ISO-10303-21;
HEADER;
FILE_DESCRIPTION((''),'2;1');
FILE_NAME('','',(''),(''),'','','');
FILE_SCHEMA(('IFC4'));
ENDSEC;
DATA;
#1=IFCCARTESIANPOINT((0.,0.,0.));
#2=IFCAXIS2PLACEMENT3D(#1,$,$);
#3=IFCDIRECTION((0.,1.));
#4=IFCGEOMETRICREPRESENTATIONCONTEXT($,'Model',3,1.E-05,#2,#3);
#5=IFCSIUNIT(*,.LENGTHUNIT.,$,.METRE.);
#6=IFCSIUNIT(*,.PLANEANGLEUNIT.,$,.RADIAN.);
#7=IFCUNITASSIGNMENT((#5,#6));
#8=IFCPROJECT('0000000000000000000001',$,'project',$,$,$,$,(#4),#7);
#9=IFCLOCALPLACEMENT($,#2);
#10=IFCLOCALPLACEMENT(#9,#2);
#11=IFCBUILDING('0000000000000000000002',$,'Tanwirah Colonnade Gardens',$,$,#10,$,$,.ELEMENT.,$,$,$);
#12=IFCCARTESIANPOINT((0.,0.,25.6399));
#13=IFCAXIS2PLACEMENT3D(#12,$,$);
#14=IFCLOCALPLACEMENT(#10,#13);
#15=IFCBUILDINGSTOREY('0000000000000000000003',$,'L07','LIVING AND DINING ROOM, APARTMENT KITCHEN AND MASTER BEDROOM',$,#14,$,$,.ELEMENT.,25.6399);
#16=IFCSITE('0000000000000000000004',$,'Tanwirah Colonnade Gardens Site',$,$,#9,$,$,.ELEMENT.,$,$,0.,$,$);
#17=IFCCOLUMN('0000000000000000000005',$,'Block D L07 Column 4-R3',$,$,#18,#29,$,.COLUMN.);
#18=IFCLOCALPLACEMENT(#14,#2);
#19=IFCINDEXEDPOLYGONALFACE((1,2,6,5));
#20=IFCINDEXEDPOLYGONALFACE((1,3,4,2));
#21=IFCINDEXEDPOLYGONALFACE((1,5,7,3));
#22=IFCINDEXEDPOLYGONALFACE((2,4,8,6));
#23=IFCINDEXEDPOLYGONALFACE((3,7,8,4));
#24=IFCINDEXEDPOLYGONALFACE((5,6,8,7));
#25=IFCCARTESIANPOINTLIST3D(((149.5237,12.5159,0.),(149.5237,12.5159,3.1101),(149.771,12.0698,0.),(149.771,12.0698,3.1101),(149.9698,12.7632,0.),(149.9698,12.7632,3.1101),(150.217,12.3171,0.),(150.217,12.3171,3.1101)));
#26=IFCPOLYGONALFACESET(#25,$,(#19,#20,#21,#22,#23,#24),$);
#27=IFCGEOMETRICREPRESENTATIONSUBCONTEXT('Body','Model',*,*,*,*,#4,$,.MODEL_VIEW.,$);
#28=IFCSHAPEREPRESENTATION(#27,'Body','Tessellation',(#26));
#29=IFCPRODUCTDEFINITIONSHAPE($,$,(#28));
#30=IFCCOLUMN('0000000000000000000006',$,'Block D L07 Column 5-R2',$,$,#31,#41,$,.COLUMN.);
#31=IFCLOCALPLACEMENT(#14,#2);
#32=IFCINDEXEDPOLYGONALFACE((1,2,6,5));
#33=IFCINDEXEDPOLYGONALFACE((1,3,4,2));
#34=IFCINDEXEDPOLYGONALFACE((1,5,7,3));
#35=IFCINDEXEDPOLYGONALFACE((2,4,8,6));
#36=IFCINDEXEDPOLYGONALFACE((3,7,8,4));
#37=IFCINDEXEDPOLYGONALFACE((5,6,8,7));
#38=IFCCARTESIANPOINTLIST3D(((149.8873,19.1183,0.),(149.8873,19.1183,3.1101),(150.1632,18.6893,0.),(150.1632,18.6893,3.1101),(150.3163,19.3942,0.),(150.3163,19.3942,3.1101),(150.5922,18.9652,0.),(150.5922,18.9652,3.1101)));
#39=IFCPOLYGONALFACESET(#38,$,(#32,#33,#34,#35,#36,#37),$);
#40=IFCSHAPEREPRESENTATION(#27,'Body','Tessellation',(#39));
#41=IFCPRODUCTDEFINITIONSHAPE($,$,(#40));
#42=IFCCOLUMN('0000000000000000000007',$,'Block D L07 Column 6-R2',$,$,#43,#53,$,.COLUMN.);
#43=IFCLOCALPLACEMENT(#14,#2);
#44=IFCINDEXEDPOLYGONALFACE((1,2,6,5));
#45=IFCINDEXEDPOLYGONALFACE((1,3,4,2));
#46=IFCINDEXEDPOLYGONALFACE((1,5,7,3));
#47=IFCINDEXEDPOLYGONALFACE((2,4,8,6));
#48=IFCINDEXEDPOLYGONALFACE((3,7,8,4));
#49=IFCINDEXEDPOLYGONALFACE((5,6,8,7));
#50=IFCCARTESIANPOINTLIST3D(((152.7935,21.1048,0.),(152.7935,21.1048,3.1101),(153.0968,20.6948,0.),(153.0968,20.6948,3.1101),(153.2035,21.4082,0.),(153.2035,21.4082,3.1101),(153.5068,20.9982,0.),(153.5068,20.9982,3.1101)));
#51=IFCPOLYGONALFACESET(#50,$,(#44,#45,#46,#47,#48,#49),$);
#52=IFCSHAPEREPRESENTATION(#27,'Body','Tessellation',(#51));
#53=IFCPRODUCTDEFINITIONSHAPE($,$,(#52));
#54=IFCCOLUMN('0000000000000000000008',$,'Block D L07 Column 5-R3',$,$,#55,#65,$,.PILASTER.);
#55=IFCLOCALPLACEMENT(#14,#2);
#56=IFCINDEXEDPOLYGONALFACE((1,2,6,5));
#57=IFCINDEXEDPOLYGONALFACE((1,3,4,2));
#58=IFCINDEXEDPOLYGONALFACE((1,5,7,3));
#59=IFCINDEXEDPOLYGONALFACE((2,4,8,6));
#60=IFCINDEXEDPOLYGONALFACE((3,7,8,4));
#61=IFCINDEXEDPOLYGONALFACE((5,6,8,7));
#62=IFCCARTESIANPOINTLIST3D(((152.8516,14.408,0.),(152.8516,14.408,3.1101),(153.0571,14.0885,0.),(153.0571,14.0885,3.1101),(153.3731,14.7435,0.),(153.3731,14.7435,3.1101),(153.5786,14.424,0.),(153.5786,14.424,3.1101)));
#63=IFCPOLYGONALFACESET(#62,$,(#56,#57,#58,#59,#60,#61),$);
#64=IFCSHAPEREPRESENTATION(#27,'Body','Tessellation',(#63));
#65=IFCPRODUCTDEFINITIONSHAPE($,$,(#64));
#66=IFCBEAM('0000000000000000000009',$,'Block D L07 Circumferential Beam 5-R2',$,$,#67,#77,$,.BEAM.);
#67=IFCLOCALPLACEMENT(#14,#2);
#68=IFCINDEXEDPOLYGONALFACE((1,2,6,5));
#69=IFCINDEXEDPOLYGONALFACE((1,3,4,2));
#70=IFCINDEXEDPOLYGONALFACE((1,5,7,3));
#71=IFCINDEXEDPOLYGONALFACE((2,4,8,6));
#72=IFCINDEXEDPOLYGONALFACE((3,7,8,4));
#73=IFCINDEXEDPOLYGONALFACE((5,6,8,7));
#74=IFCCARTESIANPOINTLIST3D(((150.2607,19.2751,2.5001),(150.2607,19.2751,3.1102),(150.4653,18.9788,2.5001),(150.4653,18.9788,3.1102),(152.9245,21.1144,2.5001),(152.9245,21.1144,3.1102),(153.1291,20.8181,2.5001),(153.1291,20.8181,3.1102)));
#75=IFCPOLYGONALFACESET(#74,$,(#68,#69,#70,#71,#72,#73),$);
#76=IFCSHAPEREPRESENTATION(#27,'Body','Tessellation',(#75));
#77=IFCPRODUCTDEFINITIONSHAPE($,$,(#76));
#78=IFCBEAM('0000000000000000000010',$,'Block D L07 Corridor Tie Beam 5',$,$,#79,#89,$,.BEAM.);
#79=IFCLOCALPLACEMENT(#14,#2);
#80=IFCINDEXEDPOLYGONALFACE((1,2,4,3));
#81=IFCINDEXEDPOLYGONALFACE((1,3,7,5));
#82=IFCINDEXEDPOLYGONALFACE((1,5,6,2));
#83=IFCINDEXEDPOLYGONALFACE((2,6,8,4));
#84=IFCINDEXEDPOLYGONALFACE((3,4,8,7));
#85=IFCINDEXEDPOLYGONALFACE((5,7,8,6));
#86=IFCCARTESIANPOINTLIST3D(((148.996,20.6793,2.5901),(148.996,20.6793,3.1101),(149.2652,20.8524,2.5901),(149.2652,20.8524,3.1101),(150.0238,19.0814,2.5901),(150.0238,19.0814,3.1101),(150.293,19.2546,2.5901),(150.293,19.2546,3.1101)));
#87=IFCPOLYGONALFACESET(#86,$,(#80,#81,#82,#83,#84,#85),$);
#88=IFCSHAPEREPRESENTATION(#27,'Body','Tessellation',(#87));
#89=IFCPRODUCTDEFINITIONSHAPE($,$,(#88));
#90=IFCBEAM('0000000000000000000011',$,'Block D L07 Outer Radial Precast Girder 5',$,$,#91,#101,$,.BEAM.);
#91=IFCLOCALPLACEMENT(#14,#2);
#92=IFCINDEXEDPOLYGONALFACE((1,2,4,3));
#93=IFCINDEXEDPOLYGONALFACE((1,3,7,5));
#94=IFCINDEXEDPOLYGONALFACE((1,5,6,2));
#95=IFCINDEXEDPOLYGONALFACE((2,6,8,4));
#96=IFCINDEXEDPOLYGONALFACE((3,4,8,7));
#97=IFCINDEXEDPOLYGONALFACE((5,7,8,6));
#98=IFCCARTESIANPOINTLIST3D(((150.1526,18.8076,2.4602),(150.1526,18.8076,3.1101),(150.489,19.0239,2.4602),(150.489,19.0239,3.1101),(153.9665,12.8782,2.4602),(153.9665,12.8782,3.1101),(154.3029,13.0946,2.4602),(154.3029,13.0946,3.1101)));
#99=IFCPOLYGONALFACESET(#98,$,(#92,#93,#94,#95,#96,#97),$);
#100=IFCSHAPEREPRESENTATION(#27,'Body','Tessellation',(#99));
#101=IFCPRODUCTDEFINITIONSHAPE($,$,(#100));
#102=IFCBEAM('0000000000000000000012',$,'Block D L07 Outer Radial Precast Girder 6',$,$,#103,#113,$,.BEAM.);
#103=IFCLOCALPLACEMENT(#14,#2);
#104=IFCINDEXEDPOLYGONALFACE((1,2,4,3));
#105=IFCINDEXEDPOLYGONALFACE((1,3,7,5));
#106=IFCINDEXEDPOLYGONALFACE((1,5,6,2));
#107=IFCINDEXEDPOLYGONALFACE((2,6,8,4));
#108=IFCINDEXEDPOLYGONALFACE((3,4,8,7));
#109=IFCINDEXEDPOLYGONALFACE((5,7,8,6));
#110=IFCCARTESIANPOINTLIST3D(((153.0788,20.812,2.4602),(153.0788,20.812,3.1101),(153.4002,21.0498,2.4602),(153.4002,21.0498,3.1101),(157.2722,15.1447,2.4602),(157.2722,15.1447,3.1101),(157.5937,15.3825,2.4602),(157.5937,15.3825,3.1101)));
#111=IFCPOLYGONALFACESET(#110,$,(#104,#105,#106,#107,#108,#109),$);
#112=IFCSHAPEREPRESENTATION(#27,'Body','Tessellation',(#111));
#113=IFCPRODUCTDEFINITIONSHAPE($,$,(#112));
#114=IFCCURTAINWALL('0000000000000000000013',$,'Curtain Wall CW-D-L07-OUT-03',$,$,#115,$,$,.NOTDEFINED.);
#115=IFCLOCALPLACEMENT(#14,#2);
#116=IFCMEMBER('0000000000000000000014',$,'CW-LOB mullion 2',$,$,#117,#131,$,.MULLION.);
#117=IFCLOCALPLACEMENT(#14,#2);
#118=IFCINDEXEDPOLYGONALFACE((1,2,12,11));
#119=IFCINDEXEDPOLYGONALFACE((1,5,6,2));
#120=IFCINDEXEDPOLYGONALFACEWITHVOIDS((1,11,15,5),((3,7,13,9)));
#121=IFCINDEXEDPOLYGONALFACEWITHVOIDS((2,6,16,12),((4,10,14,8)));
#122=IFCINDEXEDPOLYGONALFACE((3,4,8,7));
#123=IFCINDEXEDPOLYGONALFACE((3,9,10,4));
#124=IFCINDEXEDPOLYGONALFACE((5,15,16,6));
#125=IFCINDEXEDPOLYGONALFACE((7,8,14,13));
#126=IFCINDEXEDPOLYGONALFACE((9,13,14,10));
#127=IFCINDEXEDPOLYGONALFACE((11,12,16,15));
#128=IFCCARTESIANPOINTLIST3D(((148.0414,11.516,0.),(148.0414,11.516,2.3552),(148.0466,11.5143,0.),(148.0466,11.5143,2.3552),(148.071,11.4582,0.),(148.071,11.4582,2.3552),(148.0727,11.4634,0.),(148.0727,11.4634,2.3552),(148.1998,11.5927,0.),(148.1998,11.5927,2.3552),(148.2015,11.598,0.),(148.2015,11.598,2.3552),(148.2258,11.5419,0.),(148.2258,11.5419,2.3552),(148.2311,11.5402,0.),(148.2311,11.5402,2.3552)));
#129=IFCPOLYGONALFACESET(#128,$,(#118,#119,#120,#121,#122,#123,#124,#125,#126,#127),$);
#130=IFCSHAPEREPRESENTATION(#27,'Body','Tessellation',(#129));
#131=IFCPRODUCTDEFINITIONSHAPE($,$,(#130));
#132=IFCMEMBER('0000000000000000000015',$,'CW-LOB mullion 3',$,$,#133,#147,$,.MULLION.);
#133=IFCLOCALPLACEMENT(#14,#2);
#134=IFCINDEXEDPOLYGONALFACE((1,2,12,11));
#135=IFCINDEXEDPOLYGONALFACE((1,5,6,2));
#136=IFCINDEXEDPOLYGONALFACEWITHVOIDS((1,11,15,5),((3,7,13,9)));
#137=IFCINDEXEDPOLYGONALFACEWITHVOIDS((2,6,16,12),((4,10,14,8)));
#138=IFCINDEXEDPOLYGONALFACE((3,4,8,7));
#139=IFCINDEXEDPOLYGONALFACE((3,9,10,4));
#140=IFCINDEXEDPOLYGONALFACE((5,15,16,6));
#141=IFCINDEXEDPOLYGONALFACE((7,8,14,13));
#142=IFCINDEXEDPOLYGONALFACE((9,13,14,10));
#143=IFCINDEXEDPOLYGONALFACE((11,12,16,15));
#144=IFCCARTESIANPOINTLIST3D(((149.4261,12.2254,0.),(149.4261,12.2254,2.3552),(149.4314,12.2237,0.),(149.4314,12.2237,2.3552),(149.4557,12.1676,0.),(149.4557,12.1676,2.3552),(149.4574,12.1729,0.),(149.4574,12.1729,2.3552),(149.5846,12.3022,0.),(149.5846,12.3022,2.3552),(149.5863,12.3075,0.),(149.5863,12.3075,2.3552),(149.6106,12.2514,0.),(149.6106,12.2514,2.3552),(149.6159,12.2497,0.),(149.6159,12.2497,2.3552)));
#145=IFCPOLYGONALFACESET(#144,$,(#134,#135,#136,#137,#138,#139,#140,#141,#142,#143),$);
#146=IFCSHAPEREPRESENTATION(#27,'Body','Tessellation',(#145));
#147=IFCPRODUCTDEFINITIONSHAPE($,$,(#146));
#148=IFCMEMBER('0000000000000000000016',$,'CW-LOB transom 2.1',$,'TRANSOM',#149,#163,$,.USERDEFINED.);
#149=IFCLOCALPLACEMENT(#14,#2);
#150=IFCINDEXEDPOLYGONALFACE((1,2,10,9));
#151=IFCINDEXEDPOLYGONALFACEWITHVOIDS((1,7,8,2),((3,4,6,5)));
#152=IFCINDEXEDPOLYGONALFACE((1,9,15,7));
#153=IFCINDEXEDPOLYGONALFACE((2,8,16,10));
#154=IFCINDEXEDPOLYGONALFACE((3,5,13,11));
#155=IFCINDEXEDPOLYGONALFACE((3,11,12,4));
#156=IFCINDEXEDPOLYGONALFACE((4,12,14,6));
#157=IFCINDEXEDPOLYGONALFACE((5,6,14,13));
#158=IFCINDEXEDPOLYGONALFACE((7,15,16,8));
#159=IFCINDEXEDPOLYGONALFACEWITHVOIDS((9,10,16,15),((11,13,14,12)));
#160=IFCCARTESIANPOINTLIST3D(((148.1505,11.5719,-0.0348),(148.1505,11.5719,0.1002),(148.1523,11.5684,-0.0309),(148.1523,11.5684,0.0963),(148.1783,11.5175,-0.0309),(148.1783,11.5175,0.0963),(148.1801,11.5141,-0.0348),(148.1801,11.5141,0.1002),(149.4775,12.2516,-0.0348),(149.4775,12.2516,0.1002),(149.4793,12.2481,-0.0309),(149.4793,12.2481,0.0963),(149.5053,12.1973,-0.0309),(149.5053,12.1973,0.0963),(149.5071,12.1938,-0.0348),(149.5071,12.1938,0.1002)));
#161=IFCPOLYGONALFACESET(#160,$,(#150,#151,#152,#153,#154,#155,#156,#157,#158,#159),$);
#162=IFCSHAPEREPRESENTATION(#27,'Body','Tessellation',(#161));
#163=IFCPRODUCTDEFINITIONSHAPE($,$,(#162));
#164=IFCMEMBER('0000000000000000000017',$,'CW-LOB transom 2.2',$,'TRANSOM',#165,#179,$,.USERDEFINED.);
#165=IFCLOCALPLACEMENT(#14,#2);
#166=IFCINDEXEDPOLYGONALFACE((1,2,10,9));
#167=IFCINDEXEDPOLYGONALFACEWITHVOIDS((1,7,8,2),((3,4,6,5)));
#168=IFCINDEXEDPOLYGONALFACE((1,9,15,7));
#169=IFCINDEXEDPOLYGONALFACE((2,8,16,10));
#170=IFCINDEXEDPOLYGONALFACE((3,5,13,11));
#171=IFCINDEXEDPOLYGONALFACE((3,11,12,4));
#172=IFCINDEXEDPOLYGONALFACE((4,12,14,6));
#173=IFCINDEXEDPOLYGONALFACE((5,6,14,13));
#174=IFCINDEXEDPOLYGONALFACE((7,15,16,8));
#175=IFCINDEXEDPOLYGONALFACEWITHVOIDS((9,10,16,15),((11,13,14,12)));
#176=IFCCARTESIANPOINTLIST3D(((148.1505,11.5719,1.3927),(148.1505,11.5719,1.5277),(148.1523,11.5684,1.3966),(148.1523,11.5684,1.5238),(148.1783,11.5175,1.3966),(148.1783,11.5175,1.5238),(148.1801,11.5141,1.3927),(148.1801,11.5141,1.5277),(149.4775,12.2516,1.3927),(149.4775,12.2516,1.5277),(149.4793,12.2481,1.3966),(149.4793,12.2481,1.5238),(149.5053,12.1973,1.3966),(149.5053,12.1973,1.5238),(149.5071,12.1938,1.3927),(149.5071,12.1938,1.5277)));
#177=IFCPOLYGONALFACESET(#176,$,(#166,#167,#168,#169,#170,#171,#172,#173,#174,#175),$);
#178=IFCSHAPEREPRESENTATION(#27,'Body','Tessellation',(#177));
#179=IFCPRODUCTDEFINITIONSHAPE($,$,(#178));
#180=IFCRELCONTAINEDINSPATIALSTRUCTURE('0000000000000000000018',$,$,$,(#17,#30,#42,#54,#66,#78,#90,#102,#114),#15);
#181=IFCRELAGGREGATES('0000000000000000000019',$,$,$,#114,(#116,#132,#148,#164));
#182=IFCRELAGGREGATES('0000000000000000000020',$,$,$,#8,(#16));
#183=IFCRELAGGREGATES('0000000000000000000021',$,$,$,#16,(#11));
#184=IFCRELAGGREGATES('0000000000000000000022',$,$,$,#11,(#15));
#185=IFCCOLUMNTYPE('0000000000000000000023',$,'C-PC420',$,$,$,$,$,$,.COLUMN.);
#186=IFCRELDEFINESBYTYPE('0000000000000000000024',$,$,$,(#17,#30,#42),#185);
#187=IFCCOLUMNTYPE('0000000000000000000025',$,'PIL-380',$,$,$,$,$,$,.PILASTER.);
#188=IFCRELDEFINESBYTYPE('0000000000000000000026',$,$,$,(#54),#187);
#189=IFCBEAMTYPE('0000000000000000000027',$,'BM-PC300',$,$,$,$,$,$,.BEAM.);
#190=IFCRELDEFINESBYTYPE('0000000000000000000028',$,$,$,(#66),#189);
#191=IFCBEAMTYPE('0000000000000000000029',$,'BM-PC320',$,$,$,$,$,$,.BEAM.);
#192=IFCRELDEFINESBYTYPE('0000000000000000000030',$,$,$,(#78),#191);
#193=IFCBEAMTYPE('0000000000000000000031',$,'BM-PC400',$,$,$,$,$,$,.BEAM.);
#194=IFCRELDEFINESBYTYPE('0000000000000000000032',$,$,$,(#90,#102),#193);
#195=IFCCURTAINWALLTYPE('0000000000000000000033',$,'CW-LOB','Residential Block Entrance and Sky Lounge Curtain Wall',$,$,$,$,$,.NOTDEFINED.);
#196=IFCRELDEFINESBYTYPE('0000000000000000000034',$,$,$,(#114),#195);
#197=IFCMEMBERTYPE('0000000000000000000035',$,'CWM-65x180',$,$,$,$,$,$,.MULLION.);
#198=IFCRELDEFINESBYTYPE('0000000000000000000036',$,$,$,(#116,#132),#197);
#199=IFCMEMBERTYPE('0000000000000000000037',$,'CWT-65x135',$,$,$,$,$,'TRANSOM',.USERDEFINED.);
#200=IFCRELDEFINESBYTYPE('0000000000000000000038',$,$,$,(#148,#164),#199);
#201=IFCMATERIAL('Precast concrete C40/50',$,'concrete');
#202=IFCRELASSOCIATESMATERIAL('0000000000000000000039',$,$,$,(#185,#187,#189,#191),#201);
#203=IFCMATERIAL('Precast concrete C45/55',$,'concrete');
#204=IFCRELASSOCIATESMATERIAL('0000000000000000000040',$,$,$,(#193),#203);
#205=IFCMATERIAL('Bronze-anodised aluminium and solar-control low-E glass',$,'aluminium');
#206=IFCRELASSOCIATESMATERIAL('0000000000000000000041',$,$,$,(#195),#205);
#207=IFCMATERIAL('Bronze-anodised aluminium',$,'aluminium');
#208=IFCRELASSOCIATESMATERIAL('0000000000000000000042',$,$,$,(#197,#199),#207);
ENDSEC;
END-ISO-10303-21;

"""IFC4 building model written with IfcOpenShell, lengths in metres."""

from ifc_helpers import new_model, si_unit, direction, frame, origin, origin_2d, place, context, subcontext, project, spatial, rectangle, hollow_rectangle, extrude, material, material_profile, profile_set, type_object, element, aggregate, save


model = new_model("IFC4")

# Units and contexts
model_context = context("Model", 3, precision=1e-05, world=origin(), true_north=direction((0.0, 1.0)))
body_context = subcontext(model_context, "Body", "Model", "MODEL_VIEW")
ifc_project = project(units=[si_unit("LENGTHUNIT", "METRE"), si_unit("PLANEANGLEUNIT", "RADIAN")], contexts=[model_context])

# Site, building, storey
site_placement = place(None, origin())
site = spatial("IfcSite", under=ifc_project, at=site_placement, Name="Tanwirah Colonnade Gardens Site", CompositionType="ELEMENT", RefElevation=0.0)
building_placement = place(site_placement, origin())
building = spatial("IfcBuilding", under=site, at=building_placement, Name="Tanwirah Colonnade Gardens", CompositionType="ELEMENT")
storey_placement = place(building_placement, frame((0.0, 0.0, 25.6399)))
storey = spatial("IfcBuildingStorey", under=building, at=storey_placement, Name="L07", Description="LIVING AND DINING ROOM, APARTMENT KITCHEN AND MASTER BEDROOM", CompositionType="ELEMENT", Elevation=25.6399)

# Columns
ifc_material_1 = material(Name="Precast concrete C40/50", Category="concrete")
ifc_material_profile_1 = material_profile(ifc_material_1, rectangle(XDim=0.51, YDim=0.51, at=origin_2d()), Name="PC-COL 510x510")
ifc_profile_set_1 = profile_set([ifc_material_profile_1], Name="Precast concrete C40/50")
column_type_1 = type_object("IfcColumnType", Name="C-PC420", PredefinedType="COLUMN", material=ifc_profile_set_1)
for number, where, z_axis, x_axis, name in (
    (1, (149.8704, 12.4165, 0.0), (0.0, 0.0, 1.0), (0.48481, -0.87462, 0.0), "Block D L07 Column 4-R3"),
    (2, (150.2397, 19.0417, 0.0), (0.0, 0.0, 1.0), (0.540974, -0.841039, 0.0), "Block D L07 Column 5-R2"),
    (3, (153.1501, 21.0515, 0.0), (0.0, 0.0, 1.0), (0.594823, -0.803857, 0.0), "Block D L07 Column 6-R2"),
):
    element("IfcColumn", number, at=place(storey_placement, frame(where, z_axis=z_axis, x_axis=x_axis)), inside=storey, type_object=column_type_1, Name=name, PredefinedType="COLUMN", context=body_context, shape_type="SweptSolid", body=[
        extrude(rectangle(XDim=0.51, YDim=0.51, at=origin_2d()), origin(), (0.0, 0.0, 1.0), 3.1101),
    ])
ifc_material_profile_2 = material_profile(ifc_material_1, rectangle(XDim=0.3799, YDim=0.6201, at=origin_2d()), Name="PC-PIL 380x620")
ifc_profile_set_2 = profile_set([ifc_material_profile_2], Name="Precast concrete C40/50")
column_type_2 = type_object("IfcColumnType", Name="PIL-380", PredefinedType="PILASTER", material=ifc_profile_set_2)
column_placement = place(storey_placement, frame((153.2151, 14.416, 0.0), z_axis=(0.0, 0.0, 1.0), x_axis=(0.540974, -0.841039, 0.0)))
element("IfcColumn", 4, at=column_placement, inside=storey, type_object=column_type_2, Name="Block D L07 Column 5-R3", PredefinedType="PILASTER", context=body_context, shape_type="SweptSolid", body=[
    extrude(rectangle(XDim=0.3799, YDim=0.6201, at=origin_2d()), origin(), (0.0, 0.0, 1.0), 3.1101),
])

# Beams
ifc_material_profile_3 = material_profile(ifc_material_1, rectangle(XDim=0.3601, YDim=0.6101, at=origin_2d()), Name="PC-BM 360x610")
ifc_profile_set_3 = profile_set([ifc_material_profile_3], Name="Precast concrete C40/50")
beam_type_1 = type_object("IfcBeamType", Name="BM-PC300", PredefinedType="BEAM", material=ifc_profile_set_3)
beam_1_placement = place(storey_placement, frame((150.363, 19.127, 2.8052), z_axis=(0.822889, 0.568202, 0.0), x_axis=(-0.568202, 0.822889, 0.0)))
element("IfcBeam", 5, at=beam_1_placement, inside=storey, type_object=beam_type_1, Name="Block D L07 Circumferential Beam 5-R2", PredefinedType="BEAM", context=body_context, shape_type="SweptSolid", body=[
    extrude(rectangle(XDim=0.3601, YDim=0.6101, at=origin_2d()), origin(), (0.0, 0.0, 1.0), 3.2371),
])
ifc_material_profile_4 = material_profile(ifc_material_1, rectangle(XDim=0.3201, YDim=0.52, at=origin_2d()), Name="PC-BM 320x520")
ifc_profile_set_4 = profile_set([ifc_material_profile_4], Name="Precast concrete C40/50")
beam_type_2 = type_object("IfcBeamType", Name="BM-PC320", PredefinedType="BEAM", material=ifc_profile_set_4)
beam_2_placement = place(storey_placement, frame((149.1306, 20.7659, 2.8501), z_axis=(0.540985, -0.841032, 0.0), x_axis=(0.841032, 0.540985, 0.0)))
element("IfcBeam", 6, at=beam_2_placement, inside=storey, type_object=beam_type_2, Name="Block D L07 Corridor Tie Beam 5", PredefinedType="BEAM", context=body_context, shape_type="SweptSolid", body=[
    extrude(rectangle(XDim=0.3201, YDim=0.52, at=origin_2d()), origin(), (0.0, 0.0, 1.0), 1.8999),
])
ifc_material_2 = material(Name="Precast concrete C45/55", Category="concrete")
ifc_material_profile_5 = material_profile(ifc_material_2, rectangle(XDim=0.3999, YDim=0.6499, at=origin_2d()), Name="PC-BM 400x650")
ifc_profile_set_5 = profile_set([ifc_material_profile_5], Name="Precast concrete C45/55")
beam_type_3 = type_object("IfcBeamType", Name="BM-PC400", PredefinedType="BEAM", material=ifc_profile_set_5)
for number, where, z_axis, x_axis, name in (
    (7, (150.3208, 18.9158, 2.7852), (0.540976, -0.841038, 0.0), (0.841038, 0.540976, 0.0), "Block D L07 Outer Radial Precast Girder 5"),
    (8, (153.2395, 20.9309, 2.7852), (0.594807, -0.803869, 0.0), (0.803869, 0.594807, 0.0), "Block D L07 Outer Radial Precast Girder 6"),
):
    element("IfcBeam", number, at=place(storey_placement, frame(where, z_axis=z_axis, x_axis=x_axis)), inside=storey, type_object=beam_type_3, Name=name, PredefinedType="BEAM", context=body_context, shape_type="SweptSolid", body=[
        extrude(rectangle(XDim=0.3999, YDim=0.6499, at=origin_2d()), origin(), (0.0, 0.0, 1.0), 7.05),
    ])

# Curtain wall, members
ifc_material_3 = material(Name="Bronze-anodised aluminium and solar-control low-E glass", Category="aluminium")
curtain_wall_type = type_object("IfcCurtainWallType", Name="CW-LOB", Description="Residential Block Entrance and Sky Lounge Curtain Wall", PredefinedType="NOTDEFINED", material=ifc_material_3)
curtain_wall_placement = place(storey_placement, origin())
curtain_wall = element("IfcCurtainWall", 9, at=curtain_wall_placement, inside=storey, type_object=curtain_wall_type, Name="Curtain Wall CW-D-L07-OUT-03", PredefinedType="NOTDEFINED")
ifc_material_4 = material(Name="Bronze-anodised aluminium", Category="aluminium")
ifc_material_profile_6 = material_profile(ifc_material_4, hollow_rectangle(XDim=0.0649, YDim=0.1799, WallThickness=0.0039, at=origin_2d()), Name="CW-MUL 65x180x4")
ifc_profile_set_6 = profile_set([ifc_material_profile_6], Name="Bronze-anodised aluminium")
member_type_1 = type_object("IfcMemberType", Name="CWM-65x180", PredefinedType="MULLION", material=ifc_profile_set_6)
member_1_placement = place(storey_placement, frame((148.1362, 11.5281, 0.0), z_axis=(0.0, 0.0, 1.0), x_axis=(-0.455933, 0.890014, 0.0)))
member_1 = element("IfcMember", 10, at=member_1_placement, type_object=member_type_1, Name="CW-LOB mullion 2", PredefinedType="MULLION", context=body_context, shape_type="SweptSolid", body=[
    extrude(hollow_rectangle(XDim=0.0649, YDim=0.1799, WallThickness=0.0039, at=origin_2d()), origin(), (0.0, 0.0, 1.0), 2.3552),
])
member_2_placement = place(storey_placement, frame((149.521, 12.2375, 0.0), z_axis=(0.0, 0.0, 1.0), x_axis=(-0.455933, 0.890014, 0.0)))
member_2 = element("IfcMember", 11, at=member_2_placement, type_object=member_type_1, Name="CW-LOB mullion 3", PredefinedType="MULLION", context=body_context, shape_type="SweptSolid", body=[
    extrude(hollow_rectangle(XDim=0.0649, YDim=0.1799, WallThickness=0.0039, at=origin_2d()), origin(), (0.0, 0.0, 1.0), 2.3552),
])
ifc_material_profile_7 = material_profile(ifc_material_4, hollow_rectangle(XDim=0.0649, YDim=0.135, WallThickness=0.0039, at=origin_2d()), Name="CW-TRN 65x135x4")
ifc_profile_set_7 = profile_set([ifc_material_profile_7], Name="Bronze-anodised aluminium")
member_type_2 = type_object("IfcMemberType", Name="CWT-65x135", ElementType="TRANSOM", PredefinedType="USERDEFINED", material=ifc_profile_set_7)
member_3_placement = place(storey_placement, frame((148.1653, 11.543, 0.0327), z_axis=(0.890029, 0.455904, 0.0), x_axis=(-0.455904, 0.890029, 0.0)))
member_3 = element("IfcMember", 12, at=member_3_placement, type_object=member_type_2, Name="CW-LOB transom 2.1", ObjectType="TRANSOM", PredefinedType="USERDEFINED", context=body_context, shape_type="SweptSolid", body=[
    extrude(hollow_rectangle(XDim=0.0649, YDim=0.135, WallThickness=0.0039, at=origin_2d()), origin(), (0.0, 0.0, 1.0), 1.491),
])
member_4_placement = place(storey_placement, frame((148.1653, 11.543, 1.4602), z_axis=(0.890029, 0.455904, 0.0), x_axis=(-0.455904, 0.890029, 0.0)))
member_4 = element("IfcMember", 13, at=member_4_placement, type_object=member_type_2, Name="CW-LOB transom 2.2", ObjectType="TRANSOM", PredefinedType="USERDEFINED", context=body_context, shape_type="SweptSolid", body=[
    extrude(hollow_rectangle(XDim=0.0649, YDim=0.135, WallThickness=0.0039, at=origin_2d()), origin(), (0.0, 0.0, 1.0), 1.491),
])

aggregate(curtain_wall, [member_1, member_2, member_3, member_4])

save(model, "model.ifc")
